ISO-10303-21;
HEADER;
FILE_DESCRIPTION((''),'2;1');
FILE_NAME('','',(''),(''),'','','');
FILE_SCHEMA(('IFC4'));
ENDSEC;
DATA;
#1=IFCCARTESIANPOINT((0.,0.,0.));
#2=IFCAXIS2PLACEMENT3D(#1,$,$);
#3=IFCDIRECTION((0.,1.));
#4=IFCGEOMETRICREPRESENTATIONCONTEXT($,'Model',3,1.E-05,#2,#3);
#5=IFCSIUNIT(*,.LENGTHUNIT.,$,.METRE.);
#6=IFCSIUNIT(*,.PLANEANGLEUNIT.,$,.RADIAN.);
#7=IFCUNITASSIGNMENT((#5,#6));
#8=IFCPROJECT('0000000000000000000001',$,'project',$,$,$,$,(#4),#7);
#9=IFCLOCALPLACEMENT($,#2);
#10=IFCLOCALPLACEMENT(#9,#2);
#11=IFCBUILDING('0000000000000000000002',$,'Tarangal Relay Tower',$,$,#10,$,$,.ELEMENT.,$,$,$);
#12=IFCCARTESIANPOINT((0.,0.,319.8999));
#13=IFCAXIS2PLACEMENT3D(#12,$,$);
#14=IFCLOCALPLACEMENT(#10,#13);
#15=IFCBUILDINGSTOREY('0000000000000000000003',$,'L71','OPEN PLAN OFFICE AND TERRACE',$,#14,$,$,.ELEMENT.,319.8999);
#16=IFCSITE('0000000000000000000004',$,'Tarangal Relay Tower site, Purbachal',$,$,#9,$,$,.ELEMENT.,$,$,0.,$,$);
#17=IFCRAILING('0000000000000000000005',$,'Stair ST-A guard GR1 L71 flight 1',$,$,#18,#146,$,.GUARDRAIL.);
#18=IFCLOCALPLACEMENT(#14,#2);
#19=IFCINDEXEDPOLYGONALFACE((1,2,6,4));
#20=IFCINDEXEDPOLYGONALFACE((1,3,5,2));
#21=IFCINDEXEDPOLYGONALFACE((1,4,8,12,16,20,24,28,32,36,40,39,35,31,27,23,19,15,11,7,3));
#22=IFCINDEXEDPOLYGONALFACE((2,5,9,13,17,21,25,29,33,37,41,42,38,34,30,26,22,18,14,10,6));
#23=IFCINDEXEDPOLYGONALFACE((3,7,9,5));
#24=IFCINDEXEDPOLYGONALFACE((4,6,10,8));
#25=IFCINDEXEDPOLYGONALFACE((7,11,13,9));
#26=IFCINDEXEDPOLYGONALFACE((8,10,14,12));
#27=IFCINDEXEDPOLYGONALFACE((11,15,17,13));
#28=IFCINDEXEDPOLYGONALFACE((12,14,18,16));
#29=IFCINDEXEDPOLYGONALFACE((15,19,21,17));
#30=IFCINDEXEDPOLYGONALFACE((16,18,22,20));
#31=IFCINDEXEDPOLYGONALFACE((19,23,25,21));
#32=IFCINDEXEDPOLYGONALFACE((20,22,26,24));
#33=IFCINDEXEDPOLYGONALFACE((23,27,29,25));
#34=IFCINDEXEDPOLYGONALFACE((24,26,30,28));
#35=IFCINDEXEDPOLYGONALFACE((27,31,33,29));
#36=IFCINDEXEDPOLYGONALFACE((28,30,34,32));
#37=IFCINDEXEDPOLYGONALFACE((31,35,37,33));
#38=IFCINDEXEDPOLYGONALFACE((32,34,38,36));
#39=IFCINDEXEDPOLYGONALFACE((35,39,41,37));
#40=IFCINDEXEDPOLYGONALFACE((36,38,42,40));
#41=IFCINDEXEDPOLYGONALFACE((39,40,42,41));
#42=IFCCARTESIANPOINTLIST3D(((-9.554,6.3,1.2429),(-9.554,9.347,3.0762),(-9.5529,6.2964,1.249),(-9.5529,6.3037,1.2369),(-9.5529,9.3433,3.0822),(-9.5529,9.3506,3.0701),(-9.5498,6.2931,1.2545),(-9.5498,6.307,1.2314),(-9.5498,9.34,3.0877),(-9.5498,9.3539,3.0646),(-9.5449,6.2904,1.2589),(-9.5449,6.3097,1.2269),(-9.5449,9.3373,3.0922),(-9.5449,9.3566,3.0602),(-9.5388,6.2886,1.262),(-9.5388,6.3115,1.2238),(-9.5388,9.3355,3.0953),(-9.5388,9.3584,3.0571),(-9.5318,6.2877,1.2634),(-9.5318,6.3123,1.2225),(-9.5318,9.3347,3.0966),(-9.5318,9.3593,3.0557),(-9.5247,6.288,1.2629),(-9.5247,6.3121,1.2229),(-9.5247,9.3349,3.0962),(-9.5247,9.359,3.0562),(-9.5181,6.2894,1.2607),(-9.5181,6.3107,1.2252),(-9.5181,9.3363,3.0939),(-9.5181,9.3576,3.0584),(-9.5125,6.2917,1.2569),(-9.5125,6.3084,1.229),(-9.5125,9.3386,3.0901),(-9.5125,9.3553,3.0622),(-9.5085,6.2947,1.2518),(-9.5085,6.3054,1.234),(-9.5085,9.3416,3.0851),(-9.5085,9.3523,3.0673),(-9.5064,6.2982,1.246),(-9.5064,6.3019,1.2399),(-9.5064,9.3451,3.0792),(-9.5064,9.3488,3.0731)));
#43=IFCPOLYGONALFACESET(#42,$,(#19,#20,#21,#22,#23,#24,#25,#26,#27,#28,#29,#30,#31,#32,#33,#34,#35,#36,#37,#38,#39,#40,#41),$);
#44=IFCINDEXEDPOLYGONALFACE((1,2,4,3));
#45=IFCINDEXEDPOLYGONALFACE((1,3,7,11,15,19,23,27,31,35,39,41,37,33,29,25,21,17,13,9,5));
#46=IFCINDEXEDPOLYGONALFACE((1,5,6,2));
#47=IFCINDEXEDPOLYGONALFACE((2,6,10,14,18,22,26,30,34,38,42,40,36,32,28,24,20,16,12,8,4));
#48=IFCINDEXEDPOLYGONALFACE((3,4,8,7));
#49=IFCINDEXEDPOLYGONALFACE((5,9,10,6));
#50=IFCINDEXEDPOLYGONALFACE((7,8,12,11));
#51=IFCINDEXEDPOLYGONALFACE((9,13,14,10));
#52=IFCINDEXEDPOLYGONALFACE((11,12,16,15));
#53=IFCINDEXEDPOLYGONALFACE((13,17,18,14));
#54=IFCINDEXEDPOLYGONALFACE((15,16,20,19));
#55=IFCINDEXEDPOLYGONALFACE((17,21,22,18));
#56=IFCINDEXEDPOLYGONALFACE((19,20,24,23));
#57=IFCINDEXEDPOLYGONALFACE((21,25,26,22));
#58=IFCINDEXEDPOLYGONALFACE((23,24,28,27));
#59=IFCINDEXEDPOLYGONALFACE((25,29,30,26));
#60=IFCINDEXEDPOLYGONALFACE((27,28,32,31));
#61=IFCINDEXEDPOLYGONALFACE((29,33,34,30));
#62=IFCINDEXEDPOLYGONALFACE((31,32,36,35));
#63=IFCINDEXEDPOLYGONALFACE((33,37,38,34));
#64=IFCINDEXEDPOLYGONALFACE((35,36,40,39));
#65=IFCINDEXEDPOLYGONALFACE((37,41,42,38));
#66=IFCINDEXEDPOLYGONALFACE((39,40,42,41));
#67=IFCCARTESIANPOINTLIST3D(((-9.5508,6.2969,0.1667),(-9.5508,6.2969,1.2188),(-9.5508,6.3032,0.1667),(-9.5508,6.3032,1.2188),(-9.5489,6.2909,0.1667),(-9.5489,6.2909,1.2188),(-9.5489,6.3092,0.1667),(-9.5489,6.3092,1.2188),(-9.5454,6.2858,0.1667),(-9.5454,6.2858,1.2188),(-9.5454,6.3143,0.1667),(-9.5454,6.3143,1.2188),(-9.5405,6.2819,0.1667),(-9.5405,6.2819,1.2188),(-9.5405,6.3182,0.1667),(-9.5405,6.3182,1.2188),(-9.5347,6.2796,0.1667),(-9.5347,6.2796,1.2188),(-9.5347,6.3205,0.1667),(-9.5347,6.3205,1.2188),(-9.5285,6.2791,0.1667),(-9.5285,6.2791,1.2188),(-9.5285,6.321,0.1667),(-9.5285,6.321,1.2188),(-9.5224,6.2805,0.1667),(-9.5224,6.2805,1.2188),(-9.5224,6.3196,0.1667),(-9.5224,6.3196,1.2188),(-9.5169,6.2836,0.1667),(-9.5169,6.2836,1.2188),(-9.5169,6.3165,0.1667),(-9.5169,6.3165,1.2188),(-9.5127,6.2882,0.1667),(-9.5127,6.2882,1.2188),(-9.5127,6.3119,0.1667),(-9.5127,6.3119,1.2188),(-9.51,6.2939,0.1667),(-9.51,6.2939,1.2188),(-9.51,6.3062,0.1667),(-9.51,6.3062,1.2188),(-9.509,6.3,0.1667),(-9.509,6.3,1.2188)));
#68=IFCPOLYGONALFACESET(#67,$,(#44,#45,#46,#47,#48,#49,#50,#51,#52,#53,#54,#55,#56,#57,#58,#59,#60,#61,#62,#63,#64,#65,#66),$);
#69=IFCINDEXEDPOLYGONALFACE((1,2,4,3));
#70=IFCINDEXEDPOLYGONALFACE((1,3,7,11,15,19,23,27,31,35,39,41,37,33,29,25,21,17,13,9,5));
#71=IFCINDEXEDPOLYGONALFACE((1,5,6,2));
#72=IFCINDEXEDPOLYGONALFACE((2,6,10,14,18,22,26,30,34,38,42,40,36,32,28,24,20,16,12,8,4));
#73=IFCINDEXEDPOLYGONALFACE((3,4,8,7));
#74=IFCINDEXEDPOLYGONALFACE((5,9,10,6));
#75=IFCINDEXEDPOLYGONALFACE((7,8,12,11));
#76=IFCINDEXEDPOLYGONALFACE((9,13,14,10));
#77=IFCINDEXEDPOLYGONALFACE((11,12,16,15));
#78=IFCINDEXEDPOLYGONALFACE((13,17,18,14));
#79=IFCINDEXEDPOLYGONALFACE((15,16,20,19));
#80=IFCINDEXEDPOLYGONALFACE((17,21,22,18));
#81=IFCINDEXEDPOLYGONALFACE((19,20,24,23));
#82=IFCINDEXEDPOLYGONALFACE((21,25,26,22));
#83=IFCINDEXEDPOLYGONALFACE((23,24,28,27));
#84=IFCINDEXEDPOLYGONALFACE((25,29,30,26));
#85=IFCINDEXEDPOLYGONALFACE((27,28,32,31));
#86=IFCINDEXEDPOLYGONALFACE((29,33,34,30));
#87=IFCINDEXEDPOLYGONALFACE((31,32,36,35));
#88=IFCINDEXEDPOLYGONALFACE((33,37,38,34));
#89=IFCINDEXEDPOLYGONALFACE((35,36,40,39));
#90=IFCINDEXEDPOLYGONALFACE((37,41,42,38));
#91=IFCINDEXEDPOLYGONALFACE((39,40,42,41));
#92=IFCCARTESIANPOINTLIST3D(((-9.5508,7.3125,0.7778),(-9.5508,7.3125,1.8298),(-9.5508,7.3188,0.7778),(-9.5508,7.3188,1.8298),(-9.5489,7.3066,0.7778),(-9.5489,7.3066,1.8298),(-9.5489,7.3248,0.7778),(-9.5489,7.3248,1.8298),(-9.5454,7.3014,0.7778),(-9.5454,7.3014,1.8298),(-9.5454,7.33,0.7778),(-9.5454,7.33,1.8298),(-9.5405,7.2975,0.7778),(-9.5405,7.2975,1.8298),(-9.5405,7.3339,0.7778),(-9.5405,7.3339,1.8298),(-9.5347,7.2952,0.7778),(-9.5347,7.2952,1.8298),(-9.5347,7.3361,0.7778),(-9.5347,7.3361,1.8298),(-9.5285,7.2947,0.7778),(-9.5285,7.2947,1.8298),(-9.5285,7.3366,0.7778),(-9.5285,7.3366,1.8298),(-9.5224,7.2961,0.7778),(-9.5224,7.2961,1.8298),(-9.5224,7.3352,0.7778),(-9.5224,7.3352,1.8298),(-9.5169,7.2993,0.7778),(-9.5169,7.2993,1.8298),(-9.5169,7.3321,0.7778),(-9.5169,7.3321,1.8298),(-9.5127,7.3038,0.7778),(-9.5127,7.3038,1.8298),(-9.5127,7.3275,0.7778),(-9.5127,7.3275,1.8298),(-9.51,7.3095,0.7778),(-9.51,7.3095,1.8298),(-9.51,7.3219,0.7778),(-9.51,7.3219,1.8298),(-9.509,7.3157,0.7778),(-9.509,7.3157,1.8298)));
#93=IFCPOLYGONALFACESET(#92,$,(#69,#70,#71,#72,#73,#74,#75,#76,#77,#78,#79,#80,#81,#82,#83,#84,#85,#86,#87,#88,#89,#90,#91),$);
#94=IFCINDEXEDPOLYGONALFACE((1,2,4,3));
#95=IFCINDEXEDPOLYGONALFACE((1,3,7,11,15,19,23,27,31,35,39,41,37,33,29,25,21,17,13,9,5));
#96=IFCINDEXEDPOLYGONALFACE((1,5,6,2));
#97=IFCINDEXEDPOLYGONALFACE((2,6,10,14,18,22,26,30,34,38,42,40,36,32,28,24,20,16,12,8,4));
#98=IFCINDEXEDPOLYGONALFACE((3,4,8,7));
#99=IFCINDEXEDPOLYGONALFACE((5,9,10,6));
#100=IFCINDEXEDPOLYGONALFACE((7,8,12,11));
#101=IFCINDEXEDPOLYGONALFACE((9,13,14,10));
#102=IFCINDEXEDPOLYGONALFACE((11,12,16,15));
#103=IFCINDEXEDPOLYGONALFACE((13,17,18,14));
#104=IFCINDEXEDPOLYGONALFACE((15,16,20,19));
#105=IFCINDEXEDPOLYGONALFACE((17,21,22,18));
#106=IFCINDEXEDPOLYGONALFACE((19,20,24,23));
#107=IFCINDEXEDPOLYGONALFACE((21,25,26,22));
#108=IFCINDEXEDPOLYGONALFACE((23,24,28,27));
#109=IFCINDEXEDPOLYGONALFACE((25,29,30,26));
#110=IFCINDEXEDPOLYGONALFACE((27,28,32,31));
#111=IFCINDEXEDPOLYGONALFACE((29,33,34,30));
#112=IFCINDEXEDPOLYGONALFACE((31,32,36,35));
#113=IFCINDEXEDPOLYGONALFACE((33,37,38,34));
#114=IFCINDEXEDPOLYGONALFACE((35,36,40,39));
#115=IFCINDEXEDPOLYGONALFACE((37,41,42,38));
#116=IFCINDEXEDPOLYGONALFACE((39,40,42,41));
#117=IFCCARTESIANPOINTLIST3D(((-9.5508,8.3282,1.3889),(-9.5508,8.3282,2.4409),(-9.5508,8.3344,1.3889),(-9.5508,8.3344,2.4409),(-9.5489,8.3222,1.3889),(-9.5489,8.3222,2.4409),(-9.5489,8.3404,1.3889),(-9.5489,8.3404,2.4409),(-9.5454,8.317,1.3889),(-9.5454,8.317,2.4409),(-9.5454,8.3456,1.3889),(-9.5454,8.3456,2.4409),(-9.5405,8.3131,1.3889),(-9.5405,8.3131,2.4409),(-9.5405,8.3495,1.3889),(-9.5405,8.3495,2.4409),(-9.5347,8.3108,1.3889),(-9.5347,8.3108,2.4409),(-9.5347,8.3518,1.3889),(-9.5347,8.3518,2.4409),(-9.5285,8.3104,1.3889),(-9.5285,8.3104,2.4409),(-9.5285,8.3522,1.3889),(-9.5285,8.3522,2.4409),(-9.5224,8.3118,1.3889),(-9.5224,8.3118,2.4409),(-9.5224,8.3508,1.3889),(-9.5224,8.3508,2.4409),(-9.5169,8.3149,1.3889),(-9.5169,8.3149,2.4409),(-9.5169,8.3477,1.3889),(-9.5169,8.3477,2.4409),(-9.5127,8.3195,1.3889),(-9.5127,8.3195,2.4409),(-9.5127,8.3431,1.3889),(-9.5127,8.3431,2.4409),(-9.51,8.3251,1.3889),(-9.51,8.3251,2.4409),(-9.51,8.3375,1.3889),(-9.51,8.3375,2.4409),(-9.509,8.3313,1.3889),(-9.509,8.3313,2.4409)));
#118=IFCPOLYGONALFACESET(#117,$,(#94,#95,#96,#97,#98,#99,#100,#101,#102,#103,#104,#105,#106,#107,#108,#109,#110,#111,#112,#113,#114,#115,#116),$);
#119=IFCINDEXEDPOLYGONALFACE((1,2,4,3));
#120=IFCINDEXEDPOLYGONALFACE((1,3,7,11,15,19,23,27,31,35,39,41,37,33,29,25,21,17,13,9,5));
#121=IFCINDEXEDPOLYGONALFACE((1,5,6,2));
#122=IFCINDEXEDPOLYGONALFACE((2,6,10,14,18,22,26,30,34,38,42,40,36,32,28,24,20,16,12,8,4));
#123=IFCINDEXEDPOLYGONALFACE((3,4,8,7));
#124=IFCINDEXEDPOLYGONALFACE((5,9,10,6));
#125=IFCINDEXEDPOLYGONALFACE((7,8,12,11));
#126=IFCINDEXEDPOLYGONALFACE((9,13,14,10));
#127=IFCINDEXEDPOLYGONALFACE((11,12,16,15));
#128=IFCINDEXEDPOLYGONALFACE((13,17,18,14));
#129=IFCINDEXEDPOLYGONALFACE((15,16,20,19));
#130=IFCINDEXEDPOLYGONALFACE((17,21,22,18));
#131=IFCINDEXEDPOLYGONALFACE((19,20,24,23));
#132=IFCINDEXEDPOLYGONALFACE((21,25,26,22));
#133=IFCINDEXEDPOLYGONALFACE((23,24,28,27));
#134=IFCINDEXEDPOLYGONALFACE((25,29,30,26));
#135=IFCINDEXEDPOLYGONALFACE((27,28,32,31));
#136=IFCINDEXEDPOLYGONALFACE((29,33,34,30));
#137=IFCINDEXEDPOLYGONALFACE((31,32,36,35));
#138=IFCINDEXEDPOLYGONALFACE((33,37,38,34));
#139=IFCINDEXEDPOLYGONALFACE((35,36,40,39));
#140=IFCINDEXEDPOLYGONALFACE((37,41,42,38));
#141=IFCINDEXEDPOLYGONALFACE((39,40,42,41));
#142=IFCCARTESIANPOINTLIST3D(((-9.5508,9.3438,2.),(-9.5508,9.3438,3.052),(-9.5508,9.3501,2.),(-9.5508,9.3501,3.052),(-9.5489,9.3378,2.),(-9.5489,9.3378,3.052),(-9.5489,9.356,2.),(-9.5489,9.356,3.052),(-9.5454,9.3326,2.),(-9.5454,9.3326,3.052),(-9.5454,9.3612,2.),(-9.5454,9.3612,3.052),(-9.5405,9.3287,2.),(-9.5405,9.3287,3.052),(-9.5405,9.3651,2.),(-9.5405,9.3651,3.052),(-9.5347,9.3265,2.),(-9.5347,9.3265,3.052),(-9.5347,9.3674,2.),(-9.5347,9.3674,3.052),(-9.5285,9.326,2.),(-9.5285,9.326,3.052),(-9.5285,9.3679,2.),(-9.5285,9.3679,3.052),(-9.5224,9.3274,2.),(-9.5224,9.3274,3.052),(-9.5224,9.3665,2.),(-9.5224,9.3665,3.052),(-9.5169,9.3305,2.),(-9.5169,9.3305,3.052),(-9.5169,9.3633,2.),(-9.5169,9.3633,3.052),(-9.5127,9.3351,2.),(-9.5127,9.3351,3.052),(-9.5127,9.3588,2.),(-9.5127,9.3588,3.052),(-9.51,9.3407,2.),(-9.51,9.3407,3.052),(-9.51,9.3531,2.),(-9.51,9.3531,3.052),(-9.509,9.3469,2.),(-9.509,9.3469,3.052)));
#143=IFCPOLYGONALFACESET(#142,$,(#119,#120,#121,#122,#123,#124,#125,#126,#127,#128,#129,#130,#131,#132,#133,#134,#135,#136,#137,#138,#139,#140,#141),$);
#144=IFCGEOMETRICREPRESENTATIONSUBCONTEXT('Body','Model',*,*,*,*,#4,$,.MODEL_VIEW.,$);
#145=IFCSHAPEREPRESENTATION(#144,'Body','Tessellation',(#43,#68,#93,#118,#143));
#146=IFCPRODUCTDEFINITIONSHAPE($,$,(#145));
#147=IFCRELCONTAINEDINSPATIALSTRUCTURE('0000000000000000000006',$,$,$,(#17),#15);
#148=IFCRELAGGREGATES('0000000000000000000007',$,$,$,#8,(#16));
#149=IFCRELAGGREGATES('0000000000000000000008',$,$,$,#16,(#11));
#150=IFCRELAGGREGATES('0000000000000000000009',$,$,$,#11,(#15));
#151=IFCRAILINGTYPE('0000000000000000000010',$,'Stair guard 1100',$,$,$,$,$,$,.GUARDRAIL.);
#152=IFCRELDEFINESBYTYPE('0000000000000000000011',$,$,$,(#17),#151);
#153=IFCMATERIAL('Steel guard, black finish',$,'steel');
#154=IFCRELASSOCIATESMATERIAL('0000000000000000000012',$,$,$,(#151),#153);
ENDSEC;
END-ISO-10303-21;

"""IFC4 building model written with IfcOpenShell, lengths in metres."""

from ifc_helpers import new_model, si_unit, direction, frame, origin, origin_2d, place, context, subcontext, project, spatial, circle, extrude, material, type_object, element, save


model = new_model("IFC4")

# Units and contexts
model_context = context("Model", 3, precision=1e-05, world=origin(), true_north=direction((0.0, 1.0)))
body_context = subcontext(model_context, "Body", "Model", "MODEL_VIEW")
ifc_project = project(units=[si_unit("LENGTHUNIT", "METRE"), si_unit("PLANEANGLEUNIT", "RADIAN")], contexts=[model_context])

# Site, building, storey
site_placement = place(None, origin())
site = spatial("IfcSite", under=ifc_project, at=site_placement, Name="Tarangal Relay Tower site, Purbachal", CompositionType="ELEMENT", RefElevation=0.0)
building_placement = place(site_placement, origin())
building = spatial("IfcBuilding", under=site, at=building_placement, Name="Tarangal Relay Tower", CompositionType="ELEMENT")
storey_placement = place(building_placement, frame((0.0, 0.0, 319.8999)))
storey = spatial("IfcBuildingStorey", under=building, at=storey_placement, Name="L71", Description="OPEN PLAN OFFICE AND TERRACE", CompositionType="ELEMENT", Elevation=319.8999)

# Railing
ifc_material_1 = material(Name="Steel guard, black finish", Category="steel")
railing_type_1 = type_object("IfcRailingType", Name="Stair guard 1100", PredefinedType="GUARDRAIL", material=ifc_material_1)
railing_1_placement = place(storey_placement, frame((-9.53, 6.3, 0.1667)))
element("IfcRailing", 1, at=railing_1_placement, inside=storey, type_object=railing_type_1, Name="Stair ST-A guard GR1 L71 flight 1", PredefinedType="GUARDRAIL", context=body_context, shape_type="SweptSolid", body=[
    extrude(circle(Radius=0.0239, at=origin_2d()), frame((0.0, 0.0, 1.0762), z_axis=(0.0, 0.856856, 0.515556), x_axis=(-1.0, 0.0, 0.0)), (0.0, 0.0, 1.0), 3.5559),
    extrude(circle(Radius=0.021, at=origin_2d()), origin(), (0.0, 0.0, 1.0), 1.052),
    extrude(circle(Radius=0.021, at=origin_2d()), frame((0.0, 1.0156, 0.6111)), (0.0, 0.0, 1.0), 1.052),
    extrude(circle(Radius=0.021, at=origin_2d()), frame((0.0, 2.0312, 1.2222)), (0.0, 0.0, 1.0), 1.052),
    extrude(circle(Radius=0.021, at=origin_2d()), frame((0.0, 3.0469, 1.8333)), (0.0, 0.0, 1.0), 1.052),
])

save(model, "model.ifc")
